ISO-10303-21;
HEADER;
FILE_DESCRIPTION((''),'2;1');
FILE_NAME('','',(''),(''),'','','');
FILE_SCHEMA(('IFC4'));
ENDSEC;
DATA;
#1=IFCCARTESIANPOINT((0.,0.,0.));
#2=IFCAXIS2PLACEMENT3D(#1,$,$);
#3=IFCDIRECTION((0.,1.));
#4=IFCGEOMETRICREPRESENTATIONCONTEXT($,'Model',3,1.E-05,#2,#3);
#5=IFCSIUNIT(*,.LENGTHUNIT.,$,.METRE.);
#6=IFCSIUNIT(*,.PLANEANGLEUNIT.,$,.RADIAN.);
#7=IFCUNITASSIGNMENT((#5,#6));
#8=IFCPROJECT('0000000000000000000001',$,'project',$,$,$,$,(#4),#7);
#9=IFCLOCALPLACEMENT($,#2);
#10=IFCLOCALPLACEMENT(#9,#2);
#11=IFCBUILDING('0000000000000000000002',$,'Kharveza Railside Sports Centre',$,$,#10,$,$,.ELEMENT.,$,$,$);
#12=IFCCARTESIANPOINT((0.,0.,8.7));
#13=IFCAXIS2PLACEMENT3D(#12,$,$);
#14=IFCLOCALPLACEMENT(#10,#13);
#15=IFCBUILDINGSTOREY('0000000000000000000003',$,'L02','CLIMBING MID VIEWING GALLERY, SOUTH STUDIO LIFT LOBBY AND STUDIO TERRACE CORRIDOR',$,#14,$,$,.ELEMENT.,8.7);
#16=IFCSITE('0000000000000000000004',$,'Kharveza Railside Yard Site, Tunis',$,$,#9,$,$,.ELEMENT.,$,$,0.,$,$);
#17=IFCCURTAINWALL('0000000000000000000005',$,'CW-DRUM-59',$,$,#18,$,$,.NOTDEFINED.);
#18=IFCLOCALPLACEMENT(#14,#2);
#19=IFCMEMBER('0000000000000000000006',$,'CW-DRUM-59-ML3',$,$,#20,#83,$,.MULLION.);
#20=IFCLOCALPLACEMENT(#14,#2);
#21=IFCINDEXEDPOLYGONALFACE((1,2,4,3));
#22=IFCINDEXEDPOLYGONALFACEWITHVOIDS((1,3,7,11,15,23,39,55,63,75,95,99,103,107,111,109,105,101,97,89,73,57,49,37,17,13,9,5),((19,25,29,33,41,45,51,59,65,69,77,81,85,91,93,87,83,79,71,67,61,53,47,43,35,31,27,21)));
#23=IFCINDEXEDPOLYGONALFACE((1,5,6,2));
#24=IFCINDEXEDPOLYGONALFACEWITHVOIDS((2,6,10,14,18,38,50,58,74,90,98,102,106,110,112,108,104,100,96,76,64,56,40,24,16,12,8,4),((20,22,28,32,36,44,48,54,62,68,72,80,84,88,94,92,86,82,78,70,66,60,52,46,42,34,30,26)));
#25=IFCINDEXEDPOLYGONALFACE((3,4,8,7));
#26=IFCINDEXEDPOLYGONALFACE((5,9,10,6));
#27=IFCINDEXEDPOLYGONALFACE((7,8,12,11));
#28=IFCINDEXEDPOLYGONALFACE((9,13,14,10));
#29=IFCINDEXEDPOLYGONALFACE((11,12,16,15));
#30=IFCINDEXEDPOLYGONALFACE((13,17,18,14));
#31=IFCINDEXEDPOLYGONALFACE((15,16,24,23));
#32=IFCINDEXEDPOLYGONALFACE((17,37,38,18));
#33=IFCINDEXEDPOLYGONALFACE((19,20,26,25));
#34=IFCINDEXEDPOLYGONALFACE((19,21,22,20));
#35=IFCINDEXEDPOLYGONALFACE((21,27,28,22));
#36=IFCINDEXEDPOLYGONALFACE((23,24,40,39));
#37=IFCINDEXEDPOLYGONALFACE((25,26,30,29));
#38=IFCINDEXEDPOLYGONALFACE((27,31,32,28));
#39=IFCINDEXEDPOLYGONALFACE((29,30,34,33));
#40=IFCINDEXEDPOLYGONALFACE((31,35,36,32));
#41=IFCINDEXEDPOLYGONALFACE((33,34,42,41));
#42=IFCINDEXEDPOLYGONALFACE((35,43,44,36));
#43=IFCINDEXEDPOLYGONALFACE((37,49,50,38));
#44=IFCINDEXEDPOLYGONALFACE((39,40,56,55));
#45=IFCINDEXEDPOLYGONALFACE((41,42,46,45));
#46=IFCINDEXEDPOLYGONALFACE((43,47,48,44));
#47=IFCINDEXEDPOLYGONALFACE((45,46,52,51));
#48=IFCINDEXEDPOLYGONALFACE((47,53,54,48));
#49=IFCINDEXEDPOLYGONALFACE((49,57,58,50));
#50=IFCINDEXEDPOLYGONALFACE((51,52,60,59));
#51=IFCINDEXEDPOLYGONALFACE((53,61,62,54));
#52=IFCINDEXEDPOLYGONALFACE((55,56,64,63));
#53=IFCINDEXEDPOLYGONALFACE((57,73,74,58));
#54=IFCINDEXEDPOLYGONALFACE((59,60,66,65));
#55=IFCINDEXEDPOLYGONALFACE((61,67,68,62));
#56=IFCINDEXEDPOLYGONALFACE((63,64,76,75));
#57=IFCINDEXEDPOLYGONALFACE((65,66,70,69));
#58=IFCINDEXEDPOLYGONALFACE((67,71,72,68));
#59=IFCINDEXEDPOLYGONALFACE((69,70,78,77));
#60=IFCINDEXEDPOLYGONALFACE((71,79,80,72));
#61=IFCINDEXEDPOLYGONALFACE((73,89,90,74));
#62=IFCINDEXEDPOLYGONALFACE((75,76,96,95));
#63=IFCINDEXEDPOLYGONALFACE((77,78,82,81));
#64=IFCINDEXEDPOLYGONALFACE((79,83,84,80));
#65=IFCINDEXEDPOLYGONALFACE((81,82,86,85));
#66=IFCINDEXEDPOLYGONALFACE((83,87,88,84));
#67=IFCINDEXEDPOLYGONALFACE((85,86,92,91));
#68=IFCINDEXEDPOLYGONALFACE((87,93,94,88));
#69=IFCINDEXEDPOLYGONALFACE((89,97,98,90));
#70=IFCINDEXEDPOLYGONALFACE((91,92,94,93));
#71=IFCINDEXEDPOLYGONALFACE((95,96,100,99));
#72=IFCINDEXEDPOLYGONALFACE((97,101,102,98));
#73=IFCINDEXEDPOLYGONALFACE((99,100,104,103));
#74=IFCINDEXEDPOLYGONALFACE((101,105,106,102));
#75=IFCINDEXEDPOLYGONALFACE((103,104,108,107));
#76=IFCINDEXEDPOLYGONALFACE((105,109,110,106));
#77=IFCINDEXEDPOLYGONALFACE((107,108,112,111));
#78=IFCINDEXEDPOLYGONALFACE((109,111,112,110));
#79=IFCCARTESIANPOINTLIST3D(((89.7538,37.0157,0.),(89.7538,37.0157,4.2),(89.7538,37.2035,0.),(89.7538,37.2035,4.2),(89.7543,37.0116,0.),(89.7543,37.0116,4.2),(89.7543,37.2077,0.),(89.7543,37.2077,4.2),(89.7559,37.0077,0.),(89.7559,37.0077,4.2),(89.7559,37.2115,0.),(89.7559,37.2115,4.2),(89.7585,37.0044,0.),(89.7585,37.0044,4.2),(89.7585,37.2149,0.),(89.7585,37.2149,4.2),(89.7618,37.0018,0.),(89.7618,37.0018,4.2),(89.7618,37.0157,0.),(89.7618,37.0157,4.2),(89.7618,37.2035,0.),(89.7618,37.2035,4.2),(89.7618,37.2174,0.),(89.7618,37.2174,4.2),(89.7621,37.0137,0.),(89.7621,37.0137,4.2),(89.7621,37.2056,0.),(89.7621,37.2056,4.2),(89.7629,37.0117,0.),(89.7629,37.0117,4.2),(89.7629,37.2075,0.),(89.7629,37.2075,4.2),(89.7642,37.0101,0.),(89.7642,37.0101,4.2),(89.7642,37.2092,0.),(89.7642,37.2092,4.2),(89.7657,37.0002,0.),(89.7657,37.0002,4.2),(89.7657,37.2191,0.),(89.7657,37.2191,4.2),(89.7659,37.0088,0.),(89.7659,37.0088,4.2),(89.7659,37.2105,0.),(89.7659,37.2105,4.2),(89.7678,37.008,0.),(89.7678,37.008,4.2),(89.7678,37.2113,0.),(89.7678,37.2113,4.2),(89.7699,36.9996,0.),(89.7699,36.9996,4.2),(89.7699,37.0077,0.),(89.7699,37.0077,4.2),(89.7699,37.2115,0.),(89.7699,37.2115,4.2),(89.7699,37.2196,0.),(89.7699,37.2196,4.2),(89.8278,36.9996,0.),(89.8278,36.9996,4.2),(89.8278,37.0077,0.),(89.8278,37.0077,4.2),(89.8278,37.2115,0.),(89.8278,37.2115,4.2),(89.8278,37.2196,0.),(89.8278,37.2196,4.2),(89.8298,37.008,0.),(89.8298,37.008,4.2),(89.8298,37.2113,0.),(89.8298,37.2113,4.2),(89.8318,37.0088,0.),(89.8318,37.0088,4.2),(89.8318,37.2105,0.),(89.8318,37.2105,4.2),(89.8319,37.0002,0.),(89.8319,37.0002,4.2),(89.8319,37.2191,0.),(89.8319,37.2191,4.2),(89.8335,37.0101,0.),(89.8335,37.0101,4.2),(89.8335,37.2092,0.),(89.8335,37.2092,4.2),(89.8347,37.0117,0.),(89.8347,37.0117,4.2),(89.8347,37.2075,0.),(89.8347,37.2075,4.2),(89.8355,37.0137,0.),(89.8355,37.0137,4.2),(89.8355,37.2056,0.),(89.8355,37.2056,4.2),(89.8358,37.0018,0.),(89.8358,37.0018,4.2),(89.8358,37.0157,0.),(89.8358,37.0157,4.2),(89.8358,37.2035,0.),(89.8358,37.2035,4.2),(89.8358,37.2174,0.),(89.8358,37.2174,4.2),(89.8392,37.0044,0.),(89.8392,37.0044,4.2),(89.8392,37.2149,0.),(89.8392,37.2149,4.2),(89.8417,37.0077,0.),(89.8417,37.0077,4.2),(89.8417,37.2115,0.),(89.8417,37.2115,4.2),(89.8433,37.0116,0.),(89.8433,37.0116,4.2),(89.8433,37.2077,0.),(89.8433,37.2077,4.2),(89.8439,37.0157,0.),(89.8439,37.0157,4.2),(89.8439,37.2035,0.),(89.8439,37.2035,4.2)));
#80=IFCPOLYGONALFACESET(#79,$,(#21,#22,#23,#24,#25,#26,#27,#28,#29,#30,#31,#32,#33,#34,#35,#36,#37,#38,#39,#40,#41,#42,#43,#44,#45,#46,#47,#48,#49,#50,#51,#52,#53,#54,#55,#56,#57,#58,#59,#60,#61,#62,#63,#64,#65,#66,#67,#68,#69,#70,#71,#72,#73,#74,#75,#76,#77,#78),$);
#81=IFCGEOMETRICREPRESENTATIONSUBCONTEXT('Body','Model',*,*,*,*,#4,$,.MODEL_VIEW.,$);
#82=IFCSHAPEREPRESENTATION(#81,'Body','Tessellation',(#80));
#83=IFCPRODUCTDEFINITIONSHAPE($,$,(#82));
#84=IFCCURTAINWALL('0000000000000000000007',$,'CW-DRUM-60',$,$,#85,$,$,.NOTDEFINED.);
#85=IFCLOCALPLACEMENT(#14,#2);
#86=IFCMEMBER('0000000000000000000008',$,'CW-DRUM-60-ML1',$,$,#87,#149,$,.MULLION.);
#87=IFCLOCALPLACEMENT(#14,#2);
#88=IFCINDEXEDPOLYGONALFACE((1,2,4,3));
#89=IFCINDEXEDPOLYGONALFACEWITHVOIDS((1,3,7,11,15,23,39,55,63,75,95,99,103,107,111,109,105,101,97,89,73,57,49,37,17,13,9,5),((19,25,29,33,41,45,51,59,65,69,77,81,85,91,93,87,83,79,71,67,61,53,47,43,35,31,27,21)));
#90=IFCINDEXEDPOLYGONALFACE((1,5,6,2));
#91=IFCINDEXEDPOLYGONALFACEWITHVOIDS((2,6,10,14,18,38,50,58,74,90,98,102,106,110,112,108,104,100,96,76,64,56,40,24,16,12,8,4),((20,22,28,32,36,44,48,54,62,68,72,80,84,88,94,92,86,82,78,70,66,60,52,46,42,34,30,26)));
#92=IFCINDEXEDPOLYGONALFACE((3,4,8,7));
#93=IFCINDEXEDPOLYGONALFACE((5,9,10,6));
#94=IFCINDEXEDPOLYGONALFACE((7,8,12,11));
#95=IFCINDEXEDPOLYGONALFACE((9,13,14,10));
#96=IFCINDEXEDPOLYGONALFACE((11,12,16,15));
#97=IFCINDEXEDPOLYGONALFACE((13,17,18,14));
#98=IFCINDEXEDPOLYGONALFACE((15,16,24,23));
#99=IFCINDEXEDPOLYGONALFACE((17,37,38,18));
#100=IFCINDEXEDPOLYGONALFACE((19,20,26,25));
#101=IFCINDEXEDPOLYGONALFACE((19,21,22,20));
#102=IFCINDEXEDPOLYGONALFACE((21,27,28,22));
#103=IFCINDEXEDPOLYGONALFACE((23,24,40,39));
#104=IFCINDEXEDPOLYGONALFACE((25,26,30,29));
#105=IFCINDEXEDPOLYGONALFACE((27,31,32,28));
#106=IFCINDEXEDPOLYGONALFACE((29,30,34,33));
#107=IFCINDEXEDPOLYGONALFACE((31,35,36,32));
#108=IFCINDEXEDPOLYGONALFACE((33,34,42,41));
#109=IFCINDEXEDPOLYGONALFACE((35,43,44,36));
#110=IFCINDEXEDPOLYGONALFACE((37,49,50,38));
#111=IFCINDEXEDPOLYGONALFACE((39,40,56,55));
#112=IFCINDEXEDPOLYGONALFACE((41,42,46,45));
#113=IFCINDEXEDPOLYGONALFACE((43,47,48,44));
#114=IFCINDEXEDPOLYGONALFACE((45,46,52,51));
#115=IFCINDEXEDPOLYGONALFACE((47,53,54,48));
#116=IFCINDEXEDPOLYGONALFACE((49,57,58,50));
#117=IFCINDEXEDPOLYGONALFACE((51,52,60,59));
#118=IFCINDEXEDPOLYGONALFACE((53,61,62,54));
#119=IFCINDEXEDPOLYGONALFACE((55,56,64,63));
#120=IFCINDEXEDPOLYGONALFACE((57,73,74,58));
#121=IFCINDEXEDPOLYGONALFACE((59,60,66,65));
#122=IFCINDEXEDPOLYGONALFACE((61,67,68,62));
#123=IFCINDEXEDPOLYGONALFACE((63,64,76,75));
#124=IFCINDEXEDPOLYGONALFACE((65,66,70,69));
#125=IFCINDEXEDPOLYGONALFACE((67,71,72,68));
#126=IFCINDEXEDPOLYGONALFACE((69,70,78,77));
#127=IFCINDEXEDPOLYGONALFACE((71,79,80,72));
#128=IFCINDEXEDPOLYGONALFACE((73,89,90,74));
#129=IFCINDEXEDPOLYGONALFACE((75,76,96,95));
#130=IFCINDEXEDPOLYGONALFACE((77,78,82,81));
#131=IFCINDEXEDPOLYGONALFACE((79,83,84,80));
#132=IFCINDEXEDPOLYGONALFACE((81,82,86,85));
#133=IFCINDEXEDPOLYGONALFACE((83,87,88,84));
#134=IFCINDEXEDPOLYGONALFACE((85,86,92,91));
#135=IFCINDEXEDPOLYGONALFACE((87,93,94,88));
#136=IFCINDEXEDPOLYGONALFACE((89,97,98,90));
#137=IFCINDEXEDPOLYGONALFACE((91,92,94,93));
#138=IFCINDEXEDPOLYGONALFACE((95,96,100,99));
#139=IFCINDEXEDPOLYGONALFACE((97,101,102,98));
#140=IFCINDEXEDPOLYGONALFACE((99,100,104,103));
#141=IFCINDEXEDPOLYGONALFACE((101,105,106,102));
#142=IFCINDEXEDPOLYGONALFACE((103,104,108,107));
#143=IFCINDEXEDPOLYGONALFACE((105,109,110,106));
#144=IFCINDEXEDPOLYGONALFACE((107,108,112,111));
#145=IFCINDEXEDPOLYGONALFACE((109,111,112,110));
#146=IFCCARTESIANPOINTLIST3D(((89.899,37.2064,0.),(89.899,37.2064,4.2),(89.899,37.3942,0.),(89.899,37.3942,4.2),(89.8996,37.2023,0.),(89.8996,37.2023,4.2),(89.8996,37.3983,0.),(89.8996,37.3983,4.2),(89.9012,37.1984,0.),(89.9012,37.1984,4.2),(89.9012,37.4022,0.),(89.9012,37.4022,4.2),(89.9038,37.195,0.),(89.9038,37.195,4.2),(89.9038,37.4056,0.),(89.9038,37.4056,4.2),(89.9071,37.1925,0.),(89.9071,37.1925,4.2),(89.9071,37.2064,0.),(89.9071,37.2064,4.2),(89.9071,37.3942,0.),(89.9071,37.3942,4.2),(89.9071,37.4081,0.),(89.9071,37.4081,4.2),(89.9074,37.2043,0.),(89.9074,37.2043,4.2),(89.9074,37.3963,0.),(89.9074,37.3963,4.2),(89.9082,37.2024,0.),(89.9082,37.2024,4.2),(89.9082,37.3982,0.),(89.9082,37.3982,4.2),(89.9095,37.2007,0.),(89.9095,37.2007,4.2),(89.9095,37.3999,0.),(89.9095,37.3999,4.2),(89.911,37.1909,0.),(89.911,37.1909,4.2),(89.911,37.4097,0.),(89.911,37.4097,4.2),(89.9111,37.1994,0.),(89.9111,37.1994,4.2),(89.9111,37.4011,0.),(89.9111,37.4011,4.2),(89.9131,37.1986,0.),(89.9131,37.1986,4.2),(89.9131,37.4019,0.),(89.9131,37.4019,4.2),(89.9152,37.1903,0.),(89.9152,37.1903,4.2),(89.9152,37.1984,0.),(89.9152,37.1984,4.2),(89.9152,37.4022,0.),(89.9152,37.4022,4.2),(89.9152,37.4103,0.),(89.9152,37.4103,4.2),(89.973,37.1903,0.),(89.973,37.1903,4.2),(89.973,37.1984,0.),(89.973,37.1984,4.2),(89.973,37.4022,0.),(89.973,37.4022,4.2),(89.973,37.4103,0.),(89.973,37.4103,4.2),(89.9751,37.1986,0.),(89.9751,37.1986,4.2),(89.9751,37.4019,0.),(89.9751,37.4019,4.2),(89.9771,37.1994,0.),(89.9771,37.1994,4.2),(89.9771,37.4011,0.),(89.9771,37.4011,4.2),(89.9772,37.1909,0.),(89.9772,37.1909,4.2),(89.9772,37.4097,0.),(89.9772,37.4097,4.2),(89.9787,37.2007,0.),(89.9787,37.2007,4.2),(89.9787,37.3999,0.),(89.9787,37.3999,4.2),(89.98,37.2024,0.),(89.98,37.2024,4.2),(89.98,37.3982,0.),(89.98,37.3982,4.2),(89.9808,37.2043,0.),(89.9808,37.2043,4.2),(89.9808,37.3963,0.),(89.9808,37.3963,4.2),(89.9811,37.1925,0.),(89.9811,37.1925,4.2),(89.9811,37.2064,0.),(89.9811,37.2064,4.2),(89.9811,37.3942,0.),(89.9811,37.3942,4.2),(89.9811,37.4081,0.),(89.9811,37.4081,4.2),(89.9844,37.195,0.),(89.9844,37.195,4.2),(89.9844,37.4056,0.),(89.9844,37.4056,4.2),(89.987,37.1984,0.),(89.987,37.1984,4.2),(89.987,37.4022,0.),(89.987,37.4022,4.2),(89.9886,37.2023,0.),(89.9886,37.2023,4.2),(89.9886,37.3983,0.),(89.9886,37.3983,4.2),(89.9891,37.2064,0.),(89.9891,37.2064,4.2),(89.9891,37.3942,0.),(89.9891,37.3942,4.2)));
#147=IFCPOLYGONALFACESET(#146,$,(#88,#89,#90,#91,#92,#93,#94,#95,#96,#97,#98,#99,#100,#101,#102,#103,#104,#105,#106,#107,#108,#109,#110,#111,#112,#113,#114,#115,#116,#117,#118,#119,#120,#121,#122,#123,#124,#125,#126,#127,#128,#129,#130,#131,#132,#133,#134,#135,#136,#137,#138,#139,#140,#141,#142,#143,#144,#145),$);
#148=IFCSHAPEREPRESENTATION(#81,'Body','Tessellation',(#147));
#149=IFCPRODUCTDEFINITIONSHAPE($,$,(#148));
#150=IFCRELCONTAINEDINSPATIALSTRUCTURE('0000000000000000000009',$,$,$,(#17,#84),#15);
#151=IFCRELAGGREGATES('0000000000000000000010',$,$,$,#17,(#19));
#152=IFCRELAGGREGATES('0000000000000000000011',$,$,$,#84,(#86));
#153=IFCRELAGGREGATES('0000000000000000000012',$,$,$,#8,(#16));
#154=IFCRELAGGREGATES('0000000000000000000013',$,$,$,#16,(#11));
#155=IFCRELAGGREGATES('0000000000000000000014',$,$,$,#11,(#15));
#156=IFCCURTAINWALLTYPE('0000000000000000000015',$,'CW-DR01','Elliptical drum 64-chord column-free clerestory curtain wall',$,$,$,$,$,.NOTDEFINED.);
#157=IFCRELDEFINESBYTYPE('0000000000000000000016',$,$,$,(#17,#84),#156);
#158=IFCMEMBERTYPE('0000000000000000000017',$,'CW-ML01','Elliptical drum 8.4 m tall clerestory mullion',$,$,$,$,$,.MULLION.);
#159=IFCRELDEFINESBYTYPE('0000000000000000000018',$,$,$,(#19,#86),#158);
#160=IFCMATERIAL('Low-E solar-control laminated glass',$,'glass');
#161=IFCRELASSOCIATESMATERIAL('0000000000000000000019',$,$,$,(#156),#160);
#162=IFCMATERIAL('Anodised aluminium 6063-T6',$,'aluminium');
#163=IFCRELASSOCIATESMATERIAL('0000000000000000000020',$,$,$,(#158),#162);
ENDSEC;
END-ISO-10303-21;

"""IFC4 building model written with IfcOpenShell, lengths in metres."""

from ifc_helpers import new_model, si_unit, direction, frame, origin, origin_2d, place, context, subcontext, project, spatial, hollow_rectangle, extrude, material, material_profile, profile_set, type_object, element, aggregate, save


model = new_model("IFC4")

# Units and contexts
model_context = context("Model", 3, precision=1e-05, world=origin(), true_north=direction((0.0, 1.0)))
body_context = subcontext(model_context, "Body", "Model", "MODEL_VIEW")
ifc_project = project(units=[si_unit("LENGTHUNIT", "METRE"), si_unit("PLANEANGLEUNIT", "RADIAN")], contexts=[model_context])

# Site, building, storey
site_placement = place(None, origin())
site = spatial("IfcSite", under=ifc_project, at=site_placement, Name="Kharveza Railside Yard Site, Tunis", CompositionType="ELEMENT", RefElevation=0.0)
building_placement = place(site_placement, origin())
building = spatial("IfcBuilding", under=site, at=building_placement, Name="Kharveza Railside Sports Centre", CompositionType="ELEMENT")
storey_placement = place(building_placement, frame((0.0, 0.0, 8.7)))
storey = spatial("IfcBuildingStorey", under=building, at=storey_placement, Name="L02", Description="CLIMBING MID VIEWING GALLERY, SOUTH STUDIO LIFT LOBBY AND STUDIO TERRACE CORRIDOR", CompositionType="ELEMENT", Elevation=8.7)

# Curtain walls, members
ifc_material_1 = material(Name="Low-E solar-control laminated glass", Category="glass")
curtain_wall_type = type_object("IfcCurtainWallType", Name="CW-DR01", Description="Elliptical drum 64-chord column-free clerestory curtain wall", PredefinedType="NOTDEFINED", material=ifc_material_1)
curtain_wall_1_placement = place(storey_placement, origin())
curtain_wall_1 = element("IfcCurtainWall", 1, at=curtain_wall_1_placement, inside=storey, type_object=curtain_wall_type, Name="CW-DRUM-59", PredefinedType="NOTDEFINED")
ifc_material_2 = material(Name="Anodised aluminium 6063-T6", Category="aluminium")
ifc_material_profile_1 = material_profile(ifc_material_2, hollow_rectangle(XDim=0.0901, YDim=0.22, WallThickness=0.0081, InnerFilletRadius=0.0081, OuterFilletRadius=0.0161, at=origin_2d()), Name="RHS 90x220x8.0")
ifc_profile_set_1 = profile_set([ifc_material_profile_1], Name="Anodised aluminium 6063-T6")
member_type_1 = type_object("IfcMemberType", Name="CW-ML01", Description="Elliptical drum 8.4 m tall clerestory mullion", PredefinedType="MULLION", material=ifc_profile_set_1)
member_1_placement = place(storey_placement, frame((89.7988, 37.1096, 0.0), z_axis=(0.0, 0.0, 1.0), x_axis=(1.0, 0.0, 0.0)))
member_1 = element("IfcMember", 2, at=member_1_placement, type_object=member_type_1, Name="CW-DRUM-59-ML3", PredefinedType="MULLION", context=body_context, shape_type="SweptSolid", body=[
    extrude(hollow_rectangle(XDim=0.0901, YDim=0.22, WallThickness=0.0081, InnerFilletRadius=0.0081, OuterFilletRadius=0.0161, at=origin_2d()), origin(), (0.0, 0.0, 1.0), 4.2),
])
curtain_wall_2_placement = place(storey_placement, origin())
curtain_wall_2 = element("IfcCurtainWall", 3, at=curtain_wall_2_placement, inside=storey, type_object=curtain_wall_type, Name="CW-DRUM-60", PredefinedType="NOTDEFINED")
member_2_placement = place(storey_placement, frame((89.9441, 37.3003, 0.0), z_axis=(0.0, 0.0, 1.0), x_axis=(1.0, 0.0, 0.0)))
member_2 = element("IfcMember", 4, at=member_2_placement, type_object=member_type_1, Name="CW-DRUM-60-ML1", PredefinedType="MULLION", context=body_context, shape_type="SweptSolid", body=[
    extrude(hollow_rectangle(XDim=0.0901, YDim=0.22, WallThickness=0.0081, InnerFilletRadius=0.0081, OuterFilletRadius=0.0161, at=origin_2d()), origin(), (0.0, 0.0, 1.0), 4.2),
])

aggregate(curtain_wall_1, [member_1])
aggregate(curtain_wall_2, [member_2])

save(model, "model.ifc")
